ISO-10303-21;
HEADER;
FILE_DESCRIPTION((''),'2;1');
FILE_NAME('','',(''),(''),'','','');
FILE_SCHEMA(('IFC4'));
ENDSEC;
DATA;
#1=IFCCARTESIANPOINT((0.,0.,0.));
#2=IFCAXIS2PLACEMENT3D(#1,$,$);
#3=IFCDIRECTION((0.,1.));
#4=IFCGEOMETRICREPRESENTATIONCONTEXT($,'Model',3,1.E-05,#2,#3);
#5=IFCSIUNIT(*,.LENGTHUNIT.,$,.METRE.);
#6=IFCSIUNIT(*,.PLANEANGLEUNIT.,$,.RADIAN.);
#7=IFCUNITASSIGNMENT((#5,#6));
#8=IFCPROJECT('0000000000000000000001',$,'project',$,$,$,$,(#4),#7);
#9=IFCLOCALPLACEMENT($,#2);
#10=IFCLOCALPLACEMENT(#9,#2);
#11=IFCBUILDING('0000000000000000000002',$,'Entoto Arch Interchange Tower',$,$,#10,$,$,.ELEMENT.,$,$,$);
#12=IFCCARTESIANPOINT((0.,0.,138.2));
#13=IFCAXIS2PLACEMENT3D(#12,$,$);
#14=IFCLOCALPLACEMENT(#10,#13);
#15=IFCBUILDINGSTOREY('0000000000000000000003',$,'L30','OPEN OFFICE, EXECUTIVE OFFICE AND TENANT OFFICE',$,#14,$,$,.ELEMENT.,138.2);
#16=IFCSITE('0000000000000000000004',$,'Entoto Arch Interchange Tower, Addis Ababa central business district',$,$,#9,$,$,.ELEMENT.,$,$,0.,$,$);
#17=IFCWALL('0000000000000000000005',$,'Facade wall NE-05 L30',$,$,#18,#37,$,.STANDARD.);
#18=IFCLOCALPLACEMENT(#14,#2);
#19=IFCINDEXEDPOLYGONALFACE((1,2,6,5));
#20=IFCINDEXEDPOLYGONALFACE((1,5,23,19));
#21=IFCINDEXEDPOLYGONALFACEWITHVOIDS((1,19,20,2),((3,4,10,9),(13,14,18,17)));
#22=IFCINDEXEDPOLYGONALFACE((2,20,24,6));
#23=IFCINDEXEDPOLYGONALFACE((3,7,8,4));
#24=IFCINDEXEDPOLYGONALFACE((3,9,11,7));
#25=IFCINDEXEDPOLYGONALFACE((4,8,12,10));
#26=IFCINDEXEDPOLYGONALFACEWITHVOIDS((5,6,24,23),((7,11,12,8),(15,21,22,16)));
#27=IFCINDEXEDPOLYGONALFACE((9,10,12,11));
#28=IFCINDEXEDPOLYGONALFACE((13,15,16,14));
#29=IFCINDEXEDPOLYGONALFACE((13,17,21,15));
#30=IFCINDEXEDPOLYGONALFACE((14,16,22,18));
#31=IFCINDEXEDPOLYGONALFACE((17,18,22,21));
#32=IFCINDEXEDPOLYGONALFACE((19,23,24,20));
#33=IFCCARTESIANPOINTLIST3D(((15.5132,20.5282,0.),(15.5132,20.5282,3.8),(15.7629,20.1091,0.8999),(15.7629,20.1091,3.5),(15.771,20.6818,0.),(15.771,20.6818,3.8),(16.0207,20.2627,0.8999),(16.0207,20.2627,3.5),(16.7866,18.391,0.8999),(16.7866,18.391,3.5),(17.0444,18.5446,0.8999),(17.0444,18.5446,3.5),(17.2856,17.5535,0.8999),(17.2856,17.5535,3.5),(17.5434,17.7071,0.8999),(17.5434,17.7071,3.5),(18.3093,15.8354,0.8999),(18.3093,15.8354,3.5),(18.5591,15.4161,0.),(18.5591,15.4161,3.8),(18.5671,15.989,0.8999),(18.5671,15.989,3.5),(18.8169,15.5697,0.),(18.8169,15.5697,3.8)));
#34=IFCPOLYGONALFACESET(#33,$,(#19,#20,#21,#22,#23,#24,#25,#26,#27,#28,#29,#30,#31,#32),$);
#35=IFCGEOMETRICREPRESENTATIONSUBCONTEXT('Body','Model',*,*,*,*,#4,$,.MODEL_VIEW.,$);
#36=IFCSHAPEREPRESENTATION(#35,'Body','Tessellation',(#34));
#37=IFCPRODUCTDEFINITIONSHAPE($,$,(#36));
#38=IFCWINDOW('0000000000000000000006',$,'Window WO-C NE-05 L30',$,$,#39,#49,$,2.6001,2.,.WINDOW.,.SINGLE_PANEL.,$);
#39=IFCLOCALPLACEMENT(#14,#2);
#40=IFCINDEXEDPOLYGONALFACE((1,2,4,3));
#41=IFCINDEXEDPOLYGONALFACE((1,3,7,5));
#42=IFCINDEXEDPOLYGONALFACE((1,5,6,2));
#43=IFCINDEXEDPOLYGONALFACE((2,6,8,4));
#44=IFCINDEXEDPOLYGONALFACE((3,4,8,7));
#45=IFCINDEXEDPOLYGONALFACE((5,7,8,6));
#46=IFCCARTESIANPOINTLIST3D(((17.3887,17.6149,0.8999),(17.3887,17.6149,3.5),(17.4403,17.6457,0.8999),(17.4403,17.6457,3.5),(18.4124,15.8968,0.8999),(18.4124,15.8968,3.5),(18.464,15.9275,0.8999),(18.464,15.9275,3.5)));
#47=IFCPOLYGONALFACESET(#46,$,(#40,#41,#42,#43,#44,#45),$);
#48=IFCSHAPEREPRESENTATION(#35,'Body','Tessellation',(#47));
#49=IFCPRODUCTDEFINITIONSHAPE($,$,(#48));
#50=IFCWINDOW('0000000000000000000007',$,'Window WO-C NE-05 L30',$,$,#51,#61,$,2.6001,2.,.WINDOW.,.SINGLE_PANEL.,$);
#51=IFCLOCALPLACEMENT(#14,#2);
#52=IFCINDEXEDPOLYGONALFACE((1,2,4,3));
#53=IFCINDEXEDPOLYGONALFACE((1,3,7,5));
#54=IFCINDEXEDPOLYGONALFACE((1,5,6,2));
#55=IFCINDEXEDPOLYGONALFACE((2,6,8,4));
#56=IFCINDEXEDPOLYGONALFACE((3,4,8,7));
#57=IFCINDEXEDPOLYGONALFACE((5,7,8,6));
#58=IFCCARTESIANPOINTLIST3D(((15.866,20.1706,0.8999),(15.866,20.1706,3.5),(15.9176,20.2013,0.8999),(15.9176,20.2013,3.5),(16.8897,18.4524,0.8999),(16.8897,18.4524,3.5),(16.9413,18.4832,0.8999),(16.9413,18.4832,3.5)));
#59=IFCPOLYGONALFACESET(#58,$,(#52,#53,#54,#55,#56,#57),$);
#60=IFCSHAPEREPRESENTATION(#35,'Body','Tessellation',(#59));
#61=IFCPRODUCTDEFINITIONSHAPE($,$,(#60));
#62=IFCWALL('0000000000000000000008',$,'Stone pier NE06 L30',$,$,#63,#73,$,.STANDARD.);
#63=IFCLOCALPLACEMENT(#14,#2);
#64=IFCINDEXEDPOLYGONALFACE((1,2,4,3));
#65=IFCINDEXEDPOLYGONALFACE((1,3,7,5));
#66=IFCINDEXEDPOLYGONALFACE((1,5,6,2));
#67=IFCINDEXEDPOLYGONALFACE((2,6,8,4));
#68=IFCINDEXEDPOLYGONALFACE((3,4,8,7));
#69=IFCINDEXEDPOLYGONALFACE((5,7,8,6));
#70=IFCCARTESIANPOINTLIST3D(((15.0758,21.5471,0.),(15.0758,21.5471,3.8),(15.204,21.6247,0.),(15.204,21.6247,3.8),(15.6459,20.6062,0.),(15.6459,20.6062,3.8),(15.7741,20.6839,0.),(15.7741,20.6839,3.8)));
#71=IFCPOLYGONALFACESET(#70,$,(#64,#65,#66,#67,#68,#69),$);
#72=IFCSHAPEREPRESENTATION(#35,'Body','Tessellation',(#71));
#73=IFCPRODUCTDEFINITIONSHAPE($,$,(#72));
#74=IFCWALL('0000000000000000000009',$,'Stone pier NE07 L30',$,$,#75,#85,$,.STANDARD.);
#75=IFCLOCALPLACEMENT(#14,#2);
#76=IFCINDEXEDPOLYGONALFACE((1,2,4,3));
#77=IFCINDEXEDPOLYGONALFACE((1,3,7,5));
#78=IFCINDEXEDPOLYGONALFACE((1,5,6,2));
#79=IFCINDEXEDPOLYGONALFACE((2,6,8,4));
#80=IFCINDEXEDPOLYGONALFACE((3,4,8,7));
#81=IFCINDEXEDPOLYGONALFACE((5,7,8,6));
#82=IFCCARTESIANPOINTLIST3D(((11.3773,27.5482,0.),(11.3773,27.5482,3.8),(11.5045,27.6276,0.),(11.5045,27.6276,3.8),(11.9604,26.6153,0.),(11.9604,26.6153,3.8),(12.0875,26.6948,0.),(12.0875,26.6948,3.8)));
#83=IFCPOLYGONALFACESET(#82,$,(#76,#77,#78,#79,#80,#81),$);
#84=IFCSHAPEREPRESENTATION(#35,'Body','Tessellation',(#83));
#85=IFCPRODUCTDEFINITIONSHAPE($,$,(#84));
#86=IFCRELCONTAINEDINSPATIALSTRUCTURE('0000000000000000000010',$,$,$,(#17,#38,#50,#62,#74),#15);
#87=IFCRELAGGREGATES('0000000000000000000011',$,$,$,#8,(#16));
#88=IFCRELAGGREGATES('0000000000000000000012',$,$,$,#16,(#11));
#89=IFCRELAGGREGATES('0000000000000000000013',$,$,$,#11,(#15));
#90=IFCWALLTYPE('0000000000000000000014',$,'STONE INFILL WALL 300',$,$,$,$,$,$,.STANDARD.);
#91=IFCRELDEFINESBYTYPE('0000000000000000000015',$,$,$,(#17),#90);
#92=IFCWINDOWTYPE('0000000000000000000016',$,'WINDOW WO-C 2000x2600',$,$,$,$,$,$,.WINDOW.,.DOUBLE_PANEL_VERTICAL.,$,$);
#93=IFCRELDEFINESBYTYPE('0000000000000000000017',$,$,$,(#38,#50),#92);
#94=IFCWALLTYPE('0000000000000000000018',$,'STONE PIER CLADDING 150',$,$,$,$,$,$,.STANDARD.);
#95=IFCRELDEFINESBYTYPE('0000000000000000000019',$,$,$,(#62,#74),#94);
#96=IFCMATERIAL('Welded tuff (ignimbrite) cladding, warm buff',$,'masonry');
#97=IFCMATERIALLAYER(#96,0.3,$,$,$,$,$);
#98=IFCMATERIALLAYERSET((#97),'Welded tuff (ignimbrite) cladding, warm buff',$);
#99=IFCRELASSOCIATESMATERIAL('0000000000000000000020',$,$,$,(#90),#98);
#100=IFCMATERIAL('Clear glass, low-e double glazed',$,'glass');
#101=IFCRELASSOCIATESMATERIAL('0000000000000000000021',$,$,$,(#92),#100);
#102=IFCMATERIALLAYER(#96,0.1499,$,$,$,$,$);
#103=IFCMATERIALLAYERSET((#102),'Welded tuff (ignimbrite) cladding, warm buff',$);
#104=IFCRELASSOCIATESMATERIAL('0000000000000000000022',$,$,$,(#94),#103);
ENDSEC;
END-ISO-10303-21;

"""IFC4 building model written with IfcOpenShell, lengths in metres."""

from ifc_helpers import new_model, si_unit, direction, frame, frame_2d, origin, place, context, subcontext, project, spatial, rectangle, extrude, material, layer, layer_set, type_object, element, fill, save


model = new_model("IFC4")

# Units and contexts
model_context = context("Model", 3, precision=1e-05, world=origin(), true_north=direction((0.0, 1.0)))
body_context = subcontext(model_context, "Body", "Model", "MODEL_VIEW")
ifc_project = project(units=[si_unit("LENGTHUNIT", "METRE"), si_unit("PLANEANGLEUNIT", "RADIAN")], contexts=[model_context])

# Site, building, storey
site_placement = place(None, origin())
site = spatial("IfcSite", under=ifc_project, at=site_placement, Name="Entoto Arch Interchange Tower, Addis Ababa central business district", CompositionType="ELEMENT", RefElevation=0.0)
building_placement = place(site_placement, origin())
building = spatial("IfcBuilding", under=site, at=building_placement, Name="Entoto Arch Interchange Tower", CompositionType="ELEMENT")
storey_placement = place(building_placement, frame((0.0, 0.0, 138.2)))
storey = spatial("IfcBuildingStorey", under=building, at=storey_placement, Name="L30", Description="OPEN OFFICE, EXECUTIVE OFFICE AND TENANT OFFICE", CompositionType="ELEMENT", Elevation=138.2)

# Wall, openings, windows
ifc_material_1 = material(Name="Welded tuff (ignimbrite) cladding, warm buff", Category="masonry")
ifc_layer_1 = layer(ifc_material_1, 0.3)
ifc_layer_set_1 = layer_set([ifc_layer_1], Name="Welded tuff (ignimbrite) cladding, warm buff")
wall_type_1 = type_object("IfcWallType", Name="STONE INFILL WALL 300", PredefinedType="STANDARD", material=ifc_layer_set_1)
wall_1_placement = place(storey_placement, frame((18.688, 15.4929, 0.0), z_axis=(0.0, 0.0, 1.0), x_axis=(-0.511857, 0.859071, 0.0)))
wall_1 = element("IfcWall", 1, at=wall_1_placement, inside=storey, type_object=wall_type_1, Name="Facade wall NE-05 L30", PredefinedType="STANDARD", context=body_context, shape_type="SweptSolid", body=[
    extrude(rectangle(XDim=5.9507, YDim=0.3, at=frame_2d((2.9753, 0.0))), origin(), (0.0, 0.0, 1.0), 3.8),
])
opening_1_placement = place(wall_1_placement, frame((0.488, 0.0, 0.8999)))
opening_1 = element("IfcOpeningElement", 2, at=opening_1_placement, cuts=wall_1, PredefinedType="OPENING", context=body_context, shape_type="SweptSolid", body=[
    extrude(rectangle(XDim=2.0, YDim=2.6001, at=frame_2d((1.0, 1.3))), frame((0.0, 0.1602, 0.0), z_axis=(0.0, -1.0, 0.0), x_axis=(1.0, 0.0, 0.0)), (0.0, 0.0, 1.0), 0.3201),
])
opening_2_placement = place(wall_1_placement, frame((3.4629, 0.0, 0.8999)))
opening_2 = element("IfcOpeningElement", 3, at=opening_2_placement, cuts=wall_1, PredefinedType="OPENING", context=body_context, shape_type="SweptSolid", body=[
    extrude(rectangle(XDim=2.0, YDim=2.6001, at=frame_2d((1.0, 1.3))), frame((0.0, 0.1602, 0.0), z_axis=(0.0, -1.0, 0.0), x_axis=(1.0, 0.0, 0.0)), (0.0, 0.0, 1.0), 0.3201),
])
ifc_material_2 = material(Name="Clear glass, low-e double glazed", Category="glass")
window_type = type_object("IfcWindowType", Name="WINDOW WO-C 2000x2600", PartitioningType="DOUBLE_PANEL_VERTICAL", PredefinedType="WINDOW", material=ifc_material_2)
window_1_placement = place(opening_1_placement, origin())
window_1 = element("IfcWindow", 4, at=window_1_placement, inside=storey, type_object=window_type, Name="Window WO-C NE-05 L30", OverallHeight=2.6001, OverallWidth=2.0, PartitioningType="SINGLE_PANEL", PredefinedType="WINDOW", context=body_context, shape_type="SweptSolid", body=[
    extrude(rectangle(XDim=2.0, YDim=2.6001, at=frame_2d((1.0, 1.3))), frame((0.0, 0.03, 0.0), z_axis=(0.0, -1.0, 0.0), x_axis=(1.0, 0.0, 0.0)), (0.0, 0.0, 1.0), 0.0601),
])
fill(opening_1, window_1)
window_2_placement = place(opening_2_placement, origin())
window_2 = element("IfcWindow", 5, at=window_2_placement, inside=storey, type_object=window_type, Name="Window WO-C NE-05 L30", OverallHeight=2.6001, OverallWidth=2.0, PartitioningType="SINGLE_PANEL", PredefinedType="WINDOW", context=body_context, shape_type="SweptSolid", body=[
    extrude(rectangle(XDim=2.0, YDim=2.6001, at=frame_2d((1.0, 1.3))), frame((0.0, 0.03, 0.0), z_axis=(0.0, -1.0, 0.0), x_axis=(1.0, 0.0, 0.0)), (0.0, 0.0, 1.0), 0.0601),
])
fill(opening_2, window_2)

# Walls
ifc_layer_2 = layer(ifc_material_1, 0.1499)
ifc_layer_set_2 = layer_set([ifc_layer_2], Name="Welded tuff (ignimbrite) cladding, warm buff")
wall_type_2 = type_object("IfcWallType", Name="STONE PIER CLADDING 150", PredefinedType="STANDARD", material=ifc_layer_set_2)
for number, where, z_axis, x_axis, name in (
    (6, (15.71, 20.645, 0.0), (0.0, 0.0, 1.0), (-0.518179, 0.855272, 0.0), "Stone pier NE06 L30"),
    (7, (12.0239, 26.655, 0.0), (0.0, 0.0, 1.0), (-0.529979, 0.848011, 0.0), "Stone pier NE07 L30"),
):
    element("IfcWall", number, at=place(storey_placement, frame(where, z_axis=z_axis, x_axis=x_axis)), inside=storey, type_object=wall_type_2, Name=name, PredefinedType="STANDARD", context=body_context, shape_type="SweptSolid", body=[
        extrude(rectangle(XDim=1.1001, YDim=0.1499, at=frame_2d((0.55, 0.0))), origin(), (0.0, 0.0, 1.0), 3.8),
    ])

save(model, "model.ifc")
